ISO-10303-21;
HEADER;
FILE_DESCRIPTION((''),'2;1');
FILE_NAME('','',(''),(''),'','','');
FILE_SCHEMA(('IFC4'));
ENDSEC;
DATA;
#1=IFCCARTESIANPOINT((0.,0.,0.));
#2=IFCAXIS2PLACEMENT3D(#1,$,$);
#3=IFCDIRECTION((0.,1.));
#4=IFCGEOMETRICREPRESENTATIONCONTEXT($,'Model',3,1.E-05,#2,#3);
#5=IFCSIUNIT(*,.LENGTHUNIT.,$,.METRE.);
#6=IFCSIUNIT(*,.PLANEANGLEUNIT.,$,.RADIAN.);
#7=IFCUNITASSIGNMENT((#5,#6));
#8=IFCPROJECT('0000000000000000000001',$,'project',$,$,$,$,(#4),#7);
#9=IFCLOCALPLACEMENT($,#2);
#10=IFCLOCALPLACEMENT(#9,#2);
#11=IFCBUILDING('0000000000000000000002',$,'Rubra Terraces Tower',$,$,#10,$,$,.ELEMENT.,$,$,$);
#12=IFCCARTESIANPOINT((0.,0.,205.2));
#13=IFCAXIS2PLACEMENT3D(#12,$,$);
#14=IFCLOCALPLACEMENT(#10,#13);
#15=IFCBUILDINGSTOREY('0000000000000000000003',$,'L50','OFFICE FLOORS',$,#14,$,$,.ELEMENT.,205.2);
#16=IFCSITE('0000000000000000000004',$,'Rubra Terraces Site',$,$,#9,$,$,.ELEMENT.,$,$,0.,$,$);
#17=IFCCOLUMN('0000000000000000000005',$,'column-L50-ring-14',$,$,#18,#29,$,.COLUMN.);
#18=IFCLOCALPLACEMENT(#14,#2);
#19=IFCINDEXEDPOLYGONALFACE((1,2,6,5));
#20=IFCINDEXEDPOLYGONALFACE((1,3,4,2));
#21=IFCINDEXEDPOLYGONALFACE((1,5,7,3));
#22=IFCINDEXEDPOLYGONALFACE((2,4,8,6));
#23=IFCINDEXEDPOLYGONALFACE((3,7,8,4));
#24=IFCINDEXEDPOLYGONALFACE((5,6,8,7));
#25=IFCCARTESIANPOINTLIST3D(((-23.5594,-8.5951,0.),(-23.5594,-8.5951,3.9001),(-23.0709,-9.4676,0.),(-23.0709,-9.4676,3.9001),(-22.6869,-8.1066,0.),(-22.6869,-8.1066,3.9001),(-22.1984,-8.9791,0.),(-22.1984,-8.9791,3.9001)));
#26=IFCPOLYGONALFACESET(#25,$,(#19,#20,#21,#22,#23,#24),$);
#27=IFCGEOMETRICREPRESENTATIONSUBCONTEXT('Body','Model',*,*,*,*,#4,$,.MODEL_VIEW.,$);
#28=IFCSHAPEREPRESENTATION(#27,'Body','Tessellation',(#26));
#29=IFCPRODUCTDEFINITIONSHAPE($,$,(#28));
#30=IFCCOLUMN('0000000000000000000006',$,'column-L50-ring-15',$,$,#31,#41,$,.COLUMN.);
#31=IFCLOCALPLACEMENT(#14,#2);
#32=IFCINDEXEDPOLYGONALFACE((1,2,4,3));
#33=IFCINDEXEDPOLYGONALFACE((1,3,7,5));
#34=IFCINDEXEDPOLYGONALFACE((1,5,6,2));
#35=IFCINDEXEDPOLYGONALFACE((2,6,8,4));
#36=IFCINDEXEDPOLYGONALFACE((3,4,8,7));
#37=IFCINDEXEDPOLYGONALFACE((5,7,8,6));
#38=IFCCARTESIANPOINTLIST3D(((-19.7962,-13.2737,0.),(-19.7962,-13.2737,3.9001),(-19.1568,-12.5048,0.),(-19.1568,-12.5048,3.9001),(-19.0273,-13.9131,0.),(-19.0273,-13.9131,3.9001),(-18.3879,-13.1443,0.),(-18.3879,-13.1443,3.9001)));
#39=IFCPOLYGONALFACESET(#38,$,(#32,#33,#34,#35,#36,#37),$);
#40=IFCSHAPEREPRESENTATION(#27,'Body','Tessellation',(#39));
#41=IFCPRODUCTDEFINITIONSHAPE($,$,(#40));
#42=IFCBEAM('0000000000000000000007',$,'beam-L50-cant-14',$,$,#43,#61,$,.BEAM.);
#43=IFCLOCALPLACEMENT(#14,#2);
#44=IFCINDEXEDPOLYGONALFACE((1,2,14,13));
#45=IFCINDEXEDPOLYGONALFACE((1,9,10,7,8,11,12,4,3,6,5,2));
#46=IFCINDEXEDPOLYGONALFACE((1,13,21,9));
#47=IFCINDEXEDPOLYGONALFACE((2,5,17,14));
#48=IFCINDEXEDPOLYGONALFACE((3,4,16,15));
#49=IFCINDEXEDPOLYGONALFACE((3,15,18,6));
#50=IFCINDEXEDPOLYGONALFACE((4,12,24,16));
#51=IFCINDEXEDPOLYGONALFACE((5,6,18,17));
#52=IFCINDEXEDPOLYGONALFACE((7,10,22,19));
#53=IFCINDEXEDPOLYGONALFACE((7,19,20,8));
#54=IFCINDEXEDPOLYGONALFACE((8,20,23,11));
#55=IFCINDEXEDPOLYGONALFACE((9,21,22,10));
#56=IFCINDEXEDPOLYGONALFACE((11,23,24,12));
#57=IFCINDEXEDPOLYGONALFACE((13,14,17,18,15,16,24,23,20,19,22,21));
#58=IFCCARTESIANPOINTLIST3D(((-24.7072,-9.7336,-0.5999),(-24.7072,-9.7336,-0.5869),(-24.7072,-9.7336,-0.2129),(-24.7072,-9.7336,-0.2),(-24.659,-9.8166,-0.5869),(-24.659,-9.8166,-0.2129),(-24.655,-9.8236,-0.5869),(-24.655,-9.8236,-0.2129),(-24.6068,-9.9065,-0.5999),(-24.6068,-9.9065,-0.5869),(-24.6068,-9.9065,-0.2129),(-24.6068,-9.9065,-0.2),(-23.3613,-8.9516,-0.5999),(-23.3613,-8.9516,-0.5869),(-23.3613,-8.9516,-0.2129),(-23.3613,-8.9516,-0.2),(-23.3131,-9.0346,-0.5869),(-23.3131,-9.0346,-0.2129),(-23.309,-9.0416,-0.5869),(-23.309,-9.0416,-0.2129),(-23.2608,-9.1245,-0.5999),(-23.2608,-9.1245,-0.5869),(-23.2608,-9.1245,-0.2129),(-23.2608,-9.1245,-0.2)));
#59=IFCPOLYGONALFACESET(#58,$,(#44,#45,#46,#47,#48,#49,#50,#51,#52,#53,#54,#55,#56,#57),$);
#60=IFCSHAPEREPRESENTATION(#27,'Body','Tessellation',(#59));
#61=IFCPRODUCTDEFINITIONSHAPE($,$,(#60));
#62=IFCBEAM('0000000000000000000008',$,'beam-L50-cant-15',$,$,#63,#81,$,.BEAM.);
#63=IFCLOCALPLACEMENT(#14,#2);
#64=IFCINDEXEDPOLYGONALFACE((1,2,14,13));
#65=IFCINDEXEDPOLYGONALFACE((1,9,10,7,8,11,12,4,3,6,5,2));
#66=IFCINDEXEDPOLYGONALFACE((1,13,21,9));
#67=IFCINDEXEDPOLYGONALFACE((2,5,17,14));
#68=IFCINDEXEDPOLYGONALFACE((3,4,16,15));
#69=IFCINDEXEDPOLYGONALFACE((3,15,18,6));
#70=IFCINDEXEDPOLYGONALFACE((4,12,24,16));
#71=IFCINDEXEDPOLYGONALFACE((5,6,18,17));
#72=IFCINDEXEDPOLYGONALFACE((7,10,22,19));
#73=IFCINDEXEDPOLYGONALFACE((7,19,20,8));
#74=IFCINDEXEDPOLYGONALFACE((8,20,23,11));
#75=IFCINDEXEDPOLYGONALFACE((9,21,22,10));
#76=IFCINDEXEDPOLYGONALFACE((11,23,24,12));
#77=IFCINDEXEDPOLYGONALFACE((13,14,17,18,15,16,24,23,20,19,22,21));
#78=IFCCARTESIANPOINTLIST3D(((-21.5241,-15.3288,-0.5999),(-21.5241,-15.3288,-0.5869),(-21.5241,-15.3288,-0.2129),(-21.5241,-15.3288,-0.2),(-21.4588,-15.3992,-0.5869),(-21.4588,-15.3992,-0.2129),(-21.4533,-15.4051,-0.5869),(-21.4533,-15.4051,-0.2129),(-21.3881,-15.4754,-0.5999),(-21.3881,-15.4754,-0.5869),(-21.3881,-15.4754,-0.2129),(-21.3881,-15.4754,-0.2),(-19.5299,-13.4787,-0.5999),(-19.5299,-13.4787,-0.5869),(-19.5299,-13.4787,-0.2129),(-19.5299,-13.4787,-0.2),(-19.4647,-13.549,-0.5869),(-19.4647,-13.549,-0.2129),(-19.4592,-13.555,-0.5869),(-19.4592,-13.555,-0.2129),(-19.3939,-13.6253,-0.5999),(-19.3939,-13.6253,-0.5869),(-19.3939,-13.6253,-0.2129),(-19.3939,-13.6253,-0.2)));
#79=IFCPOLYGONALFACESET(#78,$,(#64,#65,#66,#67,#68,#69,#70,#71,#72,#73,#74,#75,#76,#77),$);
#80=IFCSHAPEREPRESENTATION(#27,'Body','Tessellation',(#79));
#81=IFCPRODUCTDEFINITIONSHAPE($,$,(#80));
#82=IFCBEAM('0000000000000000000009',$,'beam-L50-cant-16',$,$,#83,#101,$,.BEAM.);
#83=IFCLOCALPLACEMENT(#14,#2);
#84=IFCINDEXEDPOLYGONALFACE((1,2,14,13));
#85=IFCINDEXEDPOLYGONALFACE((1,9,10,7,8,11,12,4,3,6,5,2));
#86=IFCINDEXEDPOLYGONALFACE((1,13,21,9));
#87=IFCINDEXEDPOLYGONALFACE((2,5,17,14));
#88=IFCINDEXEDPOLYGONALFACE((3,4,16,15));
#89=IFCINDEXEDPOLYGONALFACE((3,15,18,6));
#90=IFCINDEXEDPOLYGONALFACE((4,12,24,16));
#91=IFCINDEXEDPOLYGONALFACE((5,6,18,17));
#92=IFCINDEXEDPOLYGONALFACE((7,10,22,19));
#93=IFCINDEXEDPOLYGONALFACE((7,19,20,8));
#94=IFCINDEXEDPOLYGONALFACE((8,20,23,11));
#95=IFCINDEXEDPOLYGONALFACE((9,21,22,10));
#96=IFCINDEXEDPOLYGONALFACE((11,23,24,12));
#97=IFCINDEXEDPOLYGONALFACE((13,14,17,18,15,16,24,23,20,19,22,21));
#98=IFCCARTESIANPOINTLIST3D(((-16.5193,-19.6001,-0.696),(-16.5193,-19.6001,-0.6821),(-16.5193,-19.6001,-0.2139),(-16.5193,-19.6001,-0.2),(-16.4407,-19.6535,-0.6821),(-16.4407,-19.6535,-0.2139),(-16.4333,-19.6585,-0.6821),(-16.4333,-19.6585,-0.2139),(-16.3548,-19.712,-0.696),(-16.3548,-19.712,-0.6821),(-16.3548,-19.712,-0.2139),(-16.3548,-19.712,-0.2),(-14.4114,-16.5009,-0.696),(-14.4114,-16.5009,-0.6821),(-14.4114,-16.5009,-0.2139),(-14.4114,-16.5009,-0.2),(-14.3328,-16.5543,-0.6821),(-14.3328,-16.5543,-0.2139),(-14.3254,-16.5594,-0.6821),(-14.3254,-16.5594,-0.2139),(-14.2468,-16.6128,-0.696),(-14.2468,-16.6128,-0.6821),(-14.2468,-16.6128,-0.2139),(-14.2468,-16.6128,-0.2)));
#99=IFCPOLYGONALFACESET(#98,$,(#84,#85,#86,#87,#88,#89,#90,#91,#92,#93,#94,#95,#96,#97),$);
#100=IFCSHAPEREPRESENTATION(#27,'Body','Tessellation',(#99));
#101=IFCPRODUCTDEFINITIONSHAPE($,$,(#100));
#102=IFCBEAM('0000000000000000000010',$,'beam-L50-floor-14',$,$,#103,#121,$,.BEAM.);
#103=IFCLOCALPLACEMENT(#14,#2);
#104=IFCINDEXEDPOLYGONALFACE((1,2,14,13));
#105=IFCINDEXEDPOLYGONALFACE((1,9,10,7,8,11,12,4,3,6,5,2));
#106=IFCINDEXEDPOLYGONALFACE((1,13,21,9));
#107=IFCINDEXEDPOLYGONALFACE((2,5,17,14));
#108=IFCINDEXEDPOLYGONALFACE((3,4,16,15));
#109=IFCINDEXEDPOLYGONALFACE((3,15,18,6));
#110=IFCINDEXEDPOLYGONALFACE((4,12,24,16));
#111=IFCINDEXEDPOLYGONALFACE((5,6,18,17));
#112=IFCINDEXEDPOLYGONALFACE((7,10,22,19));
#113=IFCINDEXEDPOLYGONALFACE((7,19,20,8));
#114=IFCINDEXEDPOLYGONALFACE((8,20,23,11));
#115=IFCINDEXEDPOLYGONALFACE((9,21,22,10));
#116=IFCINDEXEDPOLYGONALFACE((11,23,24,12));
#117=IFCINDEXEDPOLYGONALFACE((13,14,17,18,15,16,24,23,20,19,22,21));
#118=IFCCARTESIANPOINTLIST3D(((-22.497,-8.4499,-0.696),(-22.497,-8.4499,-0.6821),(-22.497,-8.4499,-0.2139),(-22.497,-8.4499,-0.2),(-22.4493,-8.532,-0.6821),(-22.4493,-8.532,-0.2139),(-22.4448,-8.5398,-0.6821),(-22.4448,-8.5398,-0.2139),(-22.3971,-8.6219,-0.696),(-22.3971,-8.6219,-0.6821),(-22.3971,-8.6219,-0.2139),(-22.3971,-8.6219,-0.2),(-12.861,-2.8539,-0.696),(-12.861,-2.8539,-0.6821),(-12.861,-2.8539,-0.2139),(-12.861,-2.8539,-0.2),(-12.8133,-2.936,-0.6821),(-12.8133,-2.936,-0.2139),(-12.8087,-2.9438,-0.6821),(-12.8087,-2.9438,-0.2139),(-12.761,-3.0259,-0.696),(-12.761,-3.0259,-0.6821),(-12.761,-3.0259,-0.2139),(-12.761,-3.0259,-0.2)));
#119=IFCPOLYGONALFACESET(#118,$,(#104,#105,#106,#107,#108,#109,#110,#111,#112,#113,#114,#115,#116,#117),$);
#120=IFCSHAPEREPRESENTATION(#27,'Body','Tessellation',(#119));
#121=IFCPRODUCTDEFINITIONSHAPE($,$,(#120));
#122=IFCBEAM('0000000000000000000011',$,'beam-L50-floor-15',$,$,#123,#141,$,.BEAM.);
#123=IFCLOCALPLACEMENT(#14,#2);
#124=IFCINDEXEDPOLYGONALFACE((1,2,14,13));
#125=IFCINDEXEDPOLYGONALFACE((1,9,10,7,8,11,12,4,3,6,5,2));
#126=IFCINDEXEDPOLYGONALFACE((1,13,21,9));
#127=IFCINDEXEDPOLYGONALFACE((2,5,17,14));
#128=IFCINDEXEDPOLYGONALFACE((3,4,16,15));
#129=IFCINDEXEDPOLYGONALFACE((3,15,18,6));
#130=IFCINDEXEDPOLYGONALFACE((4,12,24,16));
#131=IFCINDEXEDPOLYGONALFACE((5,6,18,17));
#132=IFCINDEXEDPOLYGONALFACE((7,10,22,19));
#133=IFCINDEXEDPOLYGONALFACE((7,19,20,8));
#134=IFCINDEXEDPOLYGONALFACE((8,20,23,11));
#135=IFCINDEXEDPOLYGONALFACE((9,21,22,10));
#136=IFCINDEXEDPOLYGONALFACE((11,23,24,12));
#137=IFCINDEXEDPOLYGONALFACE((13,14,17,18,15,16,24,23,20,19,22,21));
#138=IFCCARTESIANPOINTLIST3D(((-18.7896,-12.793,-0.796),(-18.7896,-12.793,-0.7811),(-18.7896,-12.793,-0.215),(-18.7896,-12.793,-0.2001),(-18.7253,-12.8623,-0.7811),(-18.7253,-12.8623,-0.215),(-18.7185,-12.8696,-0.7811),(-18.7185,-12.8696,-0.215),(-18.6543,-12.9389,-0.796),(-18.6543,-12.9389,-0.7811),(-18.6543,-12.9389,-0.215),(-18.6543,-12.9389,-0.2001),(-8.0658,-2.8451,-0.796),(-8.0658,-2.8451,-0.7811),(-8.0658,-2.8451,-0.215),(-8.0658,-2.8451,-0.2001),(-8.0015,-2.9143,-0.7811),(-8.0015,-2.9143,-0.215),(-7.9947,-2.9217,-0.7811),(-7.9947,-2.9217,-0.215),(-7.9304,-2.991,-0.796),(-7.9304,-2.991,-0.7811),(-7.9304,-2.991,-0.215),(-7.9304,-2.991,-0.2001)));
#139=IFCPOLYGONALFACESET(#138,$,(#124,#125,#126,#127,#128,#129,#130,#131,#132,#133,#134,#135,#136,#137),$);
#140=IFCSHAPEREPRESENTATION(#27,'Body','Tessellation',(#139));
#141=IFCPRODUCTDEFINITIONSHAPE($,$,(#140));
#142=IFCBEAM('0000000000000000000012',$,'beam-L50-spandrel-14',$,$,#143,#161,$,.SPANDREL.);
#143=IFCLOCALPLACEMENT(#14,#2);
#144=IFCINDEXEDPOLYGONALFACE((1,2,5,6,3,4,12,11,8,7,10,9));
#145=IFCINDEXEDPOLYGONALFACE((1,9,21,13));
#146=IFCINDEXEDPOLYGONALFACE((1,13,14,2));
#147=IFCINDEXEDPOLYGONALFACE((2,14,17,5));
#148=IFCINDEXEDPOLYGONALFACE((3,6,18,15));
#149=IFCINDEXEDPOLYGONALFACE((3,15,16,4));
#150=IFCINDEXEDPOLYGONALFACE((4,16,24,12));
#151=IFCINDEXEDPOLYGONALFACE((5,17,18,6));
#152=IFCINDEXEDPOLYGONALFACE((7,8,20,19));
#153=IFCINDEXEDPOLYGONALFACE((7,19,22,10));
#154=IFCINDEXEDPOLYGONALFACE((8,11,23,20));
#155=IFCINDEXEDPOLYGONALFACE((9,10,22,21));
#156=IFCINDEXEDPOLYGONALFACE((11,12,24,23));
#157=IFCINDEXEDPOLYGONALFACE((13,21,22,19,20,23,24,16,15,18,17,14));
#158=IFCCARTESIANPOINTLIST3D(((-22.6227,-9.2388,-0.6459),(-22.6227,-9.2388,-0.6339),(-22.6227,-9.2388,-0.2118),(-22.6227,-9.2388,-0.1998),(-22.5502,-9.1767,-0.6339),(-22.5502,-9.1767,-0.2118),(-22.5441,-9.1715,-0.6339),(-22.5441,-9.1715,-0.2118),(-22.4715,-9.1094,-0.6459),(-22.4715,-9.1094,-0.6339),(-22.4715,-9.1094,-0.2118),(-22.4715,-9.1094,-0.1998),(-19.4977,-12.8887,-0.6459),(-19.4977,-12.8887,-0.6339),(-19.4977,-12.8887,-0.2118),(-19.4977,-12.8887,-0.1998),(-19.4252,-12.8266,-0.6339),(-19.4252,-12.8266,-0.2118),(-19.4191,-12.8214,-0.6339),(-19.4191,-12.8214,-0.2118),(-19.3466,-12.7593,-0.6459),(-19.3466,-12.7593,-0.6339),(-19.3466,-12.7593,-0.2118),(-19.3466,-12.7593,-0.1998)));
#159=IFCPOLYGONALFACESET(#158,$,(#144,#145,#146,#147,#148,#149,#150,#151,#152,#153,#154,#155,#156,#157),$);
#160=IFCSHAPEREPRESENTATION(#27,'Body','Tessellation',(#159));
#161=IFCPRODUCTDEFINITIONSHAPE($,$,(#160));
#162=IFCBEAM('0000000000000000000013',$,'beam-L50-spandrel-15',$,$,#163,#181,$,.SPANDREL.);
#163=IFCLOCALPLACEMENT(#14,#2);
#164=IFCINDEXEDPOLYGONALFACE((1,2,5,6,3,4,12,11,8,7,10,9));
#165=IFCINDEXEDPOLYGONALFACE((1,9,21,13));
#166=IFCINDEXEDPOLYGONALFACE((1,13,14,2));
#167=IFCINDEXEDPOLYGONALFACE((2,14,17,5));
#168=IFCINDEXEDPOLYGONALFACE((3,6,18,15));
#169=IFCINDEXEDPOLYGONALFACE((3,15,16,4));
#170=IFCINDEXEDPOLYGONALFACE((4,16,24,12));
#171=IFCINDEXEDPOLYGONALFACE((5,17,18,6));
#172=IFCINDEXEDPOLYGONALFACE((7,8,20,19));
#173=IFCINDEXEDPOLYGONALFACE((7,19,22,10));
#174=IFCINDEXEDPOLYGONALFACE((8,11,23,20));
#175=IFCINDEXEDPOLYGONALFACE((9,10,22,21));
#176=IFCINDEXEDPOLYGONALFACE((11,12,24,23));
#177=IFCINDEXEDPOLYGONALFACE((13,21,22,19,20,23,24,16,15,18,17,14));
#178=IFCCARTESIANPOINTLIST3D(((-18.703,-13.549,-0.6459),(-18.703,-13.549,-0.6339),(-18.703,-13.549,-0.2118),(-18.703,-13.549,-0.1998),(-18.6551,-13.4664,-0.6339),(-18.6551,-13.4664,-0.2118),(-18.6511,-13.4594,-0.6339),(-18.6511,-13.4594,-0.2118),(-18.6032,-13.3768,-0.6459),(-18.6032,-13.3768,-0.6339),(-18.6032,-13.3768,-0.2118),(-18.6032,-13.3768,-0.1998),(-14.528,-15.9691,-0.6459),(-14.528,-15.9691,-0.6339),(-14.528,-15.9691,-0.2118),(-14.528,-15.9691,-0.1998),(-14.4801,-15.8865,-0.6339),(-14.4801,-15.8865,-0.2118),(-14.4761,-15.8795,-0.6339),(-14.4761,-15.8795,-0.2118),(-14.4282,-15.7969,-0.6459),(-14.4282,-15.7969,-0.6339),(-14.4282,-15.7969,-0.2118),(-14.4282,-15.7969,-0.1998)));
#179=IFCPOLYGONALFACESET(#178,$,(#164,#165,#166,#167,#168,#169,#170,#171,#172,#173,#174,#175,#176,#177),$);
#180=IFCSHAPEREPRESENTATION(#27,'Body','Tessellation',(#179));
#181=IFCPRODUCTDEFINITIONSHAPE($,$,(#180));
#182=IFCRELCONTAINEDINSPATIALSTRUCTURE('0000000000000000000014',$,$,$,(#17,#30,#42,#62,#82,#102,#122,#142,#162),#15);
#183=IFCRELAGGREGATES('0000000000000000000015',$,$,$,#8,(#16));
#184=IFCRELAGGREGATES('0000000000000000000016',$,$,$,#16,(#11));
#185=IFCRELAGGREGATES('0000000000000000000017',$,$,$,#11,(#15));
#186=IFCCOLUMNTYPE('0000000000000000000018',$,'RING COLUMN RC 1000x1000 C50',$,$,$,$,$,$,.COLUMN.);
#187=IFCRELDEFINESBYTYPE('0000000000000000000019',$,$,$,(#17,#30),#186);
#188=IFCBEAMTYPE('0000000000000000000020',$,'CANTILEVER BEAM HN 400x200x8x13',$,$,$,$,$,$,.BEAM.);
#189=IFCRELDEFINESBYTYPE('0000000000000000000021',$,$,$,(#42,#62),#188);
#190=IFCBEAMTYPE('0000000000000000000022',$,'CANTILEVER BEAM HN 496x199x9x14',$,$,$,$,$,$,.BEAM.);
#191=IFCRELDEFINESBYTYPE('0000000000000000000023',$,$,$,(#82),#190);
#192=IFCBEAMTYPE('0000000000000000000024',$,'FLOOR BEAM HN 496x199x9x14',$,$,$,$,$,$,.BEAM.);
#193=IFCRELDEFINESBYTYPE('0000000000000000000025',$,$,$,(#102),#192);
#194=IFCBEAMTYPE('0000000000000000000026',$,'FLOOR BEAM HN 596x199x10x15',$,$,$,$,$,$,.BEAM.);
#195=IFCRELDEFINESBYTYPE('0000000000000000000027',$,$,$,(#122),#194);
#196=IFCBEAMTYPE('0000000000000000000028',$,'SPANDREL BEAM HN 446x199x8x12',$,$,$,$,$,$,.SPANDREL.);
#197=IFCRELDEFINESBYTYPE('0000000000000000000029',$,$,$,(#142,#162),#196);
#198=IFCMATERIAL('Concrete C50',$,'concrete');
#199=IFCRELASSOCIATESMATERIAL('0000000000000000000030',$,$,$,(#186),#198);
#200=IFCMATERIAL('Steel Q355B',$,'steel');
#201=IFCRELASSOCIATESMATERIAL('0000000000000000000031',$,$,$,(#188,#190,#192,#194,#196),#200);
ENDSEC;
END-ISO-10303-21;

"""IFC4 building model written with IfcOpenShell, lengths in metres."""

from ifc_helpers import new_model, si_unit, direction, frame, origin, origin_2d, place, context, subcontext, project, spatial, rectangle, i_section, extrude, material, material_profile, profile_set, type_object, element, save


model = new_model("IFC4")

# Units and contexts
model_context = context("Model", 3, precision=1e-05, world=origin(), true_north=direction((0.0, 1.0)))
body_context = subcontext(model_context, "Body", "Model", "MODEL_VIEW")
ifc_project = project(units=[si_unit("LENGTHUNIT", "METRE"), si_unit("PLANEANGLEUNIT", "RADIAN")], contexts=[model_context])

# Site, building, storey
site_placement = place(None, origin())
site = spatial("IfcSite", under=ifc_project, at=site_placement, Name="Rubra Terraces Site", CompositionType="ELEMENT", RefElevation=0.0)
building_placement = place(site_placement, origin())
building = spatial("IfcBuilding", under=site, at=building_placement, Name="Rubra Terraces Tower", CompositionType="ELEMENT")
storey_placement = place(building_placement, frame((0.0, 0.0, 205.2)))
storey = spatial("IfcBuildingStorey", under=building, at=storey_placement, Name="L50", Description="OFFICE FLOORS", CompositionType="ELEMENT", Elevation=205.2)

# Columns
ifc_material_1 = material(Name="Concrete C50", Category="concrete")
ifc_material_profile_1 = material_profile(ifc_material_1, rectangle(XDim=1.0, YDim=1.0, at=origin_2d()), Name="RC 1000x1000")
ifc_profile_set_1 = profile_set([ifc_material_profile_1], Name="Concrete C50")
column_type = type_object("IfcColumnType", Name="RING COLUMN RC 1000x1000 C50", PredefinedType="COLUMN", material=ifc_profile_set_1)
for number, where, z_axis, x_axis, name in (
    (1, (-22.8789, -8.7871, 0.0), (0.0, 0.0, 1.0), (0.488526, -0.872549, 0.0), "column-L50-ring-14"),
    (2, (-19.092, -13.209, 0.0), (0.0, 0.0, 1.0), (0.76887, -0.639405, 0.0), "column-L50-ring-15"),
):
    element("IfcColumn", number, at=place(storey_placement, frame(where, z_axis=z_axis, x_axis=x_axis)), inside=storey, type_object=column_type, Name=name, PredefinedType="COLUMN", context=body_context, shape_type="SweptSolid", body=[
        extrude(rectangle(XDim=1.0, YDim=1.0, at=origin_2d()), origin(), (0.0, 0.0, 1.0), 3.9001),
    ])

# Beams
ifc_material_2 = material(Name="Steel Q355B", Category="steel")
ifc_material_profile_2 = material_profile(ifc_material_2, i_section(OverallWidth=0.2, OverallDepth=0.3999, WebThickness=0.0081, FlangeThickness=0.0129, at=origin_2d()), Name="HN 400x200x8x13")
ifc_profile_set_2 = profile_set([ifc_material_profile_2], Name="Steel Q355B")
beam_type_1 = type_object("IfcBeamType", Name="CANTILEVER BEAM HN 400x200x8x13", PredefinedType="BEAM", material=ifc_profile_set_2)
beam_1_placement = place(storey_placement, frame((-23.311, -9.0381, -0.3999), z_axis=(-0.864659, -0.502359, 0.0), x_axis=(0.502359, -0.864659, 0.0)))
element("IfcBeam", 3, at=beam_1_placement, inside=storey, type_object=beam_type_1, Name="beam-L50-cant-14", PredefinedType="BEAM", context=body_context, shape_type="SweptSolid", body=[
    extrude(i_section(OverallWidth=0.2, OverallDepth=0.3999, WebThickness=0.0081, FlangeThickness=0.0129, at=origin_2d()), origin(), (0.0, 0.0, 1.0), 1.5566),
])
beam_2_placement = place(storey_placement, frame((-19.4619, -13.552, -0.3999), z_axis=(-0.733088, -0.680134, 0.0), x_axis=(0.680134, -0.733088, 0.0)))
element("IfcBeam", 4, at=beam_2_placement, inside=storey, type_object=beam_type_1, Name="beam-L50-cant-15", PredefinedType="BEAM", context=body_context, shape_type="SweptSolid", body=[
    extrude(i_section(OverallWidth=0.2, OverallDepth=0.3999, WebThickness=0.0081, FlangeThickness=0.0129, at=origin_2d()), origin(), (0.0, 0.0, 1.0), 2.7202),
])
ifc_material_profile_3 = material_profile(ifc_material_2, i_section(OverallWidth=0.199, OverallDepth=0.4961, WebThickness=0.009, FlangeThickness=0.0139, at=origin_2d()), Name="HN 496x199x9x14")
ifc_profile_set_3 = profile_set([ifc_material_profile_3], Name="Steel Q355B")
beam_type_2 = type_object("IfcBeamType", Name="CANTILEVER BEAM HN 496x199x9x14", PredefinedType="BEAM", material=ifc_profile_set_3)
beam_3_placement = place(storey_placement, frame((-14.3291, -16.5569, -0.448), z_axis=(-0.562403, -0.826863, 0.0), x_axis=(0.826863, -0.562403, 0.0)))
element("IfcBeam", 5, at=beam_3_placement, inside=storey, type_object=beam_type_2, Name="beam-L50-cant-16", PredefinedType="BEAM", context=body_context, shape_type="SweptSolid", body=[
    extrude(i_section(OverallWidth=0.199, OverallDepth=0.4961, WebThickness=0.009, FlangeThickness=0.0139, at=origin_2d()), origin(), (0.0, 0.0, 1.0), 3.748),
])
ifc_material_profile_4 = material_profile(ifc_material_2, i_section(OverallWidth=0.199, OverallDepth=0.4961, WebThickness=0.009, FlangeThickness=0.0139, at=origin_2d()), Name="HN 496x199x9x14")
ifc_profile_set_4 = profile_set([ifc_material_profile_4], Name="Steel Q355B")
beam_type_3 = type_object("IfcBeamType", Name="FLOOR BEAM HN 496x199x9x14", PredefinedType="BEAM", material=ifc_profile_set_4)
beam_4_placement = place(storey_placement, frame((-22.447, -8.5359, -0.448), z_axis=(0.864755, 0.502193, 0.0), x_axis=(-0.502193, 0.864755, 0.0)))
element("IfcBeam", 6, at=beam_4_placement, inside=storey, type_object=beam_type_3, Name="beam-L50-floor-14", PredefinedType="BEAM", context=body_context, shape_type="SweptSolid", body=[
    extrude(i_section(OverallWidth=0.199, OverallDepth=0.4961, WebThickness=0.009, FlangeThickness=0.0139, at=origin_2d()), origin(), (0.0, 0.0, 1.0), 11.1431),
])
ifc_material_profile_5 = material_profile(ifc_material_2, i_section(OverallWidth=0.199, OverallDepth=0.5959, WebThickness=0.01, FlangeThickness=0.0149, at=origin_2d()), Name="HN 596x199x10x15")
ifc_profile_set_5 = profile_set([ifc_material_profile_5], Name="Steel Q355B")
beam_type_4 = type_object("IfcBeamType", Name="FLOOR BEAM HN 596x199x10x15", PredefinedType="BEAM", material=ifc_profile_set_5)
beam_5_placement = place(storey_placement, frame((-18.7219, -12.866, -0.498), z_axis=(0.73313, 0.680088, 0.0), x_axis=(-0.680088, 0.73313, 0.0)))
element("IfcBeam", 7, at=beam_5_placement, inside=storey, type_object=beam_type_4, Name="beam-L50-floor-15", PredefinedType="BEAM", context=body_context, shape_type="SweptSolid", body=[
    extrude(i_section(OverallWidth=0.199, OverallDepth=0.5959, WebThickness=0.01, FlangeThickness=0.0149, at=origin_2d()), origin(), (0.0, 0.0, 1.0), 14.6274),
])
ifc_material_profile_6 = material_profile(ifc_material_2, i_section(OverallWidth=0.199, OverallDepth=0.446, WebThickness=0.0081, FlangeThickness=0.012, at=origin_2d()), Name="HN 446x199x8x12")
ifc_profile_set_6 = profile_set([ifc_material_profile_6], Name="Steel Q355B")
beam_type_5 = type_object("IfcBeamType", Name="SPANDREL BEAM HN 446x199x8x12", PredefinedType="SPANDREL", material=ifc_profile_set_6)
beam_6_placement = place(storey_placement, frame((-22.5471, -9.1741, -0.4229), z_axis=(0.650373, -0.759615, 0.0), x_axis=(0.759615, 0.650373, 0.0)))
element("IfcBeam", 8, at=beam_6_placement, inside=storey, type_object=beam_type_5, Name="beam-L50-spandrel-14", PredefinedType="SPANDREL", context=body_context, shape_type="SweptSolid", body=[
    extrude(i_section(OverallWidth=0.199, OverallDepth=0.446, WebThickness=0.0081, FlangeThickness=0.012, at=origin_2d()), origin(), (0.0, 0.0, 1.0), 4.8049),
])
beam_7_placement = place(storey_placement, frame((-18.6531, -13.4629, -0.4229), z_axis=(0.865154, -0.501507, 0.0), x_axis=(0.501507, 0.865154, 0.0)))
element("IfcBeam", 9, at=beam_7_placement, inside=storey, type_object=beam_type_5, Name="beam-L50-spandrel-15", PredefinedType="SPANDREL", context=body_context, shape_type="SweptSolid", body=[
    extrude(i_section(OverallWidth=0.199, OverallDepth=0.446, WebThickness=0.0081, FlangeThickness=0.012, at=origin_2d()), origin(), (0.0, 0.0, 1.0), 4.8257),
])

save(model, "model.ifc")
